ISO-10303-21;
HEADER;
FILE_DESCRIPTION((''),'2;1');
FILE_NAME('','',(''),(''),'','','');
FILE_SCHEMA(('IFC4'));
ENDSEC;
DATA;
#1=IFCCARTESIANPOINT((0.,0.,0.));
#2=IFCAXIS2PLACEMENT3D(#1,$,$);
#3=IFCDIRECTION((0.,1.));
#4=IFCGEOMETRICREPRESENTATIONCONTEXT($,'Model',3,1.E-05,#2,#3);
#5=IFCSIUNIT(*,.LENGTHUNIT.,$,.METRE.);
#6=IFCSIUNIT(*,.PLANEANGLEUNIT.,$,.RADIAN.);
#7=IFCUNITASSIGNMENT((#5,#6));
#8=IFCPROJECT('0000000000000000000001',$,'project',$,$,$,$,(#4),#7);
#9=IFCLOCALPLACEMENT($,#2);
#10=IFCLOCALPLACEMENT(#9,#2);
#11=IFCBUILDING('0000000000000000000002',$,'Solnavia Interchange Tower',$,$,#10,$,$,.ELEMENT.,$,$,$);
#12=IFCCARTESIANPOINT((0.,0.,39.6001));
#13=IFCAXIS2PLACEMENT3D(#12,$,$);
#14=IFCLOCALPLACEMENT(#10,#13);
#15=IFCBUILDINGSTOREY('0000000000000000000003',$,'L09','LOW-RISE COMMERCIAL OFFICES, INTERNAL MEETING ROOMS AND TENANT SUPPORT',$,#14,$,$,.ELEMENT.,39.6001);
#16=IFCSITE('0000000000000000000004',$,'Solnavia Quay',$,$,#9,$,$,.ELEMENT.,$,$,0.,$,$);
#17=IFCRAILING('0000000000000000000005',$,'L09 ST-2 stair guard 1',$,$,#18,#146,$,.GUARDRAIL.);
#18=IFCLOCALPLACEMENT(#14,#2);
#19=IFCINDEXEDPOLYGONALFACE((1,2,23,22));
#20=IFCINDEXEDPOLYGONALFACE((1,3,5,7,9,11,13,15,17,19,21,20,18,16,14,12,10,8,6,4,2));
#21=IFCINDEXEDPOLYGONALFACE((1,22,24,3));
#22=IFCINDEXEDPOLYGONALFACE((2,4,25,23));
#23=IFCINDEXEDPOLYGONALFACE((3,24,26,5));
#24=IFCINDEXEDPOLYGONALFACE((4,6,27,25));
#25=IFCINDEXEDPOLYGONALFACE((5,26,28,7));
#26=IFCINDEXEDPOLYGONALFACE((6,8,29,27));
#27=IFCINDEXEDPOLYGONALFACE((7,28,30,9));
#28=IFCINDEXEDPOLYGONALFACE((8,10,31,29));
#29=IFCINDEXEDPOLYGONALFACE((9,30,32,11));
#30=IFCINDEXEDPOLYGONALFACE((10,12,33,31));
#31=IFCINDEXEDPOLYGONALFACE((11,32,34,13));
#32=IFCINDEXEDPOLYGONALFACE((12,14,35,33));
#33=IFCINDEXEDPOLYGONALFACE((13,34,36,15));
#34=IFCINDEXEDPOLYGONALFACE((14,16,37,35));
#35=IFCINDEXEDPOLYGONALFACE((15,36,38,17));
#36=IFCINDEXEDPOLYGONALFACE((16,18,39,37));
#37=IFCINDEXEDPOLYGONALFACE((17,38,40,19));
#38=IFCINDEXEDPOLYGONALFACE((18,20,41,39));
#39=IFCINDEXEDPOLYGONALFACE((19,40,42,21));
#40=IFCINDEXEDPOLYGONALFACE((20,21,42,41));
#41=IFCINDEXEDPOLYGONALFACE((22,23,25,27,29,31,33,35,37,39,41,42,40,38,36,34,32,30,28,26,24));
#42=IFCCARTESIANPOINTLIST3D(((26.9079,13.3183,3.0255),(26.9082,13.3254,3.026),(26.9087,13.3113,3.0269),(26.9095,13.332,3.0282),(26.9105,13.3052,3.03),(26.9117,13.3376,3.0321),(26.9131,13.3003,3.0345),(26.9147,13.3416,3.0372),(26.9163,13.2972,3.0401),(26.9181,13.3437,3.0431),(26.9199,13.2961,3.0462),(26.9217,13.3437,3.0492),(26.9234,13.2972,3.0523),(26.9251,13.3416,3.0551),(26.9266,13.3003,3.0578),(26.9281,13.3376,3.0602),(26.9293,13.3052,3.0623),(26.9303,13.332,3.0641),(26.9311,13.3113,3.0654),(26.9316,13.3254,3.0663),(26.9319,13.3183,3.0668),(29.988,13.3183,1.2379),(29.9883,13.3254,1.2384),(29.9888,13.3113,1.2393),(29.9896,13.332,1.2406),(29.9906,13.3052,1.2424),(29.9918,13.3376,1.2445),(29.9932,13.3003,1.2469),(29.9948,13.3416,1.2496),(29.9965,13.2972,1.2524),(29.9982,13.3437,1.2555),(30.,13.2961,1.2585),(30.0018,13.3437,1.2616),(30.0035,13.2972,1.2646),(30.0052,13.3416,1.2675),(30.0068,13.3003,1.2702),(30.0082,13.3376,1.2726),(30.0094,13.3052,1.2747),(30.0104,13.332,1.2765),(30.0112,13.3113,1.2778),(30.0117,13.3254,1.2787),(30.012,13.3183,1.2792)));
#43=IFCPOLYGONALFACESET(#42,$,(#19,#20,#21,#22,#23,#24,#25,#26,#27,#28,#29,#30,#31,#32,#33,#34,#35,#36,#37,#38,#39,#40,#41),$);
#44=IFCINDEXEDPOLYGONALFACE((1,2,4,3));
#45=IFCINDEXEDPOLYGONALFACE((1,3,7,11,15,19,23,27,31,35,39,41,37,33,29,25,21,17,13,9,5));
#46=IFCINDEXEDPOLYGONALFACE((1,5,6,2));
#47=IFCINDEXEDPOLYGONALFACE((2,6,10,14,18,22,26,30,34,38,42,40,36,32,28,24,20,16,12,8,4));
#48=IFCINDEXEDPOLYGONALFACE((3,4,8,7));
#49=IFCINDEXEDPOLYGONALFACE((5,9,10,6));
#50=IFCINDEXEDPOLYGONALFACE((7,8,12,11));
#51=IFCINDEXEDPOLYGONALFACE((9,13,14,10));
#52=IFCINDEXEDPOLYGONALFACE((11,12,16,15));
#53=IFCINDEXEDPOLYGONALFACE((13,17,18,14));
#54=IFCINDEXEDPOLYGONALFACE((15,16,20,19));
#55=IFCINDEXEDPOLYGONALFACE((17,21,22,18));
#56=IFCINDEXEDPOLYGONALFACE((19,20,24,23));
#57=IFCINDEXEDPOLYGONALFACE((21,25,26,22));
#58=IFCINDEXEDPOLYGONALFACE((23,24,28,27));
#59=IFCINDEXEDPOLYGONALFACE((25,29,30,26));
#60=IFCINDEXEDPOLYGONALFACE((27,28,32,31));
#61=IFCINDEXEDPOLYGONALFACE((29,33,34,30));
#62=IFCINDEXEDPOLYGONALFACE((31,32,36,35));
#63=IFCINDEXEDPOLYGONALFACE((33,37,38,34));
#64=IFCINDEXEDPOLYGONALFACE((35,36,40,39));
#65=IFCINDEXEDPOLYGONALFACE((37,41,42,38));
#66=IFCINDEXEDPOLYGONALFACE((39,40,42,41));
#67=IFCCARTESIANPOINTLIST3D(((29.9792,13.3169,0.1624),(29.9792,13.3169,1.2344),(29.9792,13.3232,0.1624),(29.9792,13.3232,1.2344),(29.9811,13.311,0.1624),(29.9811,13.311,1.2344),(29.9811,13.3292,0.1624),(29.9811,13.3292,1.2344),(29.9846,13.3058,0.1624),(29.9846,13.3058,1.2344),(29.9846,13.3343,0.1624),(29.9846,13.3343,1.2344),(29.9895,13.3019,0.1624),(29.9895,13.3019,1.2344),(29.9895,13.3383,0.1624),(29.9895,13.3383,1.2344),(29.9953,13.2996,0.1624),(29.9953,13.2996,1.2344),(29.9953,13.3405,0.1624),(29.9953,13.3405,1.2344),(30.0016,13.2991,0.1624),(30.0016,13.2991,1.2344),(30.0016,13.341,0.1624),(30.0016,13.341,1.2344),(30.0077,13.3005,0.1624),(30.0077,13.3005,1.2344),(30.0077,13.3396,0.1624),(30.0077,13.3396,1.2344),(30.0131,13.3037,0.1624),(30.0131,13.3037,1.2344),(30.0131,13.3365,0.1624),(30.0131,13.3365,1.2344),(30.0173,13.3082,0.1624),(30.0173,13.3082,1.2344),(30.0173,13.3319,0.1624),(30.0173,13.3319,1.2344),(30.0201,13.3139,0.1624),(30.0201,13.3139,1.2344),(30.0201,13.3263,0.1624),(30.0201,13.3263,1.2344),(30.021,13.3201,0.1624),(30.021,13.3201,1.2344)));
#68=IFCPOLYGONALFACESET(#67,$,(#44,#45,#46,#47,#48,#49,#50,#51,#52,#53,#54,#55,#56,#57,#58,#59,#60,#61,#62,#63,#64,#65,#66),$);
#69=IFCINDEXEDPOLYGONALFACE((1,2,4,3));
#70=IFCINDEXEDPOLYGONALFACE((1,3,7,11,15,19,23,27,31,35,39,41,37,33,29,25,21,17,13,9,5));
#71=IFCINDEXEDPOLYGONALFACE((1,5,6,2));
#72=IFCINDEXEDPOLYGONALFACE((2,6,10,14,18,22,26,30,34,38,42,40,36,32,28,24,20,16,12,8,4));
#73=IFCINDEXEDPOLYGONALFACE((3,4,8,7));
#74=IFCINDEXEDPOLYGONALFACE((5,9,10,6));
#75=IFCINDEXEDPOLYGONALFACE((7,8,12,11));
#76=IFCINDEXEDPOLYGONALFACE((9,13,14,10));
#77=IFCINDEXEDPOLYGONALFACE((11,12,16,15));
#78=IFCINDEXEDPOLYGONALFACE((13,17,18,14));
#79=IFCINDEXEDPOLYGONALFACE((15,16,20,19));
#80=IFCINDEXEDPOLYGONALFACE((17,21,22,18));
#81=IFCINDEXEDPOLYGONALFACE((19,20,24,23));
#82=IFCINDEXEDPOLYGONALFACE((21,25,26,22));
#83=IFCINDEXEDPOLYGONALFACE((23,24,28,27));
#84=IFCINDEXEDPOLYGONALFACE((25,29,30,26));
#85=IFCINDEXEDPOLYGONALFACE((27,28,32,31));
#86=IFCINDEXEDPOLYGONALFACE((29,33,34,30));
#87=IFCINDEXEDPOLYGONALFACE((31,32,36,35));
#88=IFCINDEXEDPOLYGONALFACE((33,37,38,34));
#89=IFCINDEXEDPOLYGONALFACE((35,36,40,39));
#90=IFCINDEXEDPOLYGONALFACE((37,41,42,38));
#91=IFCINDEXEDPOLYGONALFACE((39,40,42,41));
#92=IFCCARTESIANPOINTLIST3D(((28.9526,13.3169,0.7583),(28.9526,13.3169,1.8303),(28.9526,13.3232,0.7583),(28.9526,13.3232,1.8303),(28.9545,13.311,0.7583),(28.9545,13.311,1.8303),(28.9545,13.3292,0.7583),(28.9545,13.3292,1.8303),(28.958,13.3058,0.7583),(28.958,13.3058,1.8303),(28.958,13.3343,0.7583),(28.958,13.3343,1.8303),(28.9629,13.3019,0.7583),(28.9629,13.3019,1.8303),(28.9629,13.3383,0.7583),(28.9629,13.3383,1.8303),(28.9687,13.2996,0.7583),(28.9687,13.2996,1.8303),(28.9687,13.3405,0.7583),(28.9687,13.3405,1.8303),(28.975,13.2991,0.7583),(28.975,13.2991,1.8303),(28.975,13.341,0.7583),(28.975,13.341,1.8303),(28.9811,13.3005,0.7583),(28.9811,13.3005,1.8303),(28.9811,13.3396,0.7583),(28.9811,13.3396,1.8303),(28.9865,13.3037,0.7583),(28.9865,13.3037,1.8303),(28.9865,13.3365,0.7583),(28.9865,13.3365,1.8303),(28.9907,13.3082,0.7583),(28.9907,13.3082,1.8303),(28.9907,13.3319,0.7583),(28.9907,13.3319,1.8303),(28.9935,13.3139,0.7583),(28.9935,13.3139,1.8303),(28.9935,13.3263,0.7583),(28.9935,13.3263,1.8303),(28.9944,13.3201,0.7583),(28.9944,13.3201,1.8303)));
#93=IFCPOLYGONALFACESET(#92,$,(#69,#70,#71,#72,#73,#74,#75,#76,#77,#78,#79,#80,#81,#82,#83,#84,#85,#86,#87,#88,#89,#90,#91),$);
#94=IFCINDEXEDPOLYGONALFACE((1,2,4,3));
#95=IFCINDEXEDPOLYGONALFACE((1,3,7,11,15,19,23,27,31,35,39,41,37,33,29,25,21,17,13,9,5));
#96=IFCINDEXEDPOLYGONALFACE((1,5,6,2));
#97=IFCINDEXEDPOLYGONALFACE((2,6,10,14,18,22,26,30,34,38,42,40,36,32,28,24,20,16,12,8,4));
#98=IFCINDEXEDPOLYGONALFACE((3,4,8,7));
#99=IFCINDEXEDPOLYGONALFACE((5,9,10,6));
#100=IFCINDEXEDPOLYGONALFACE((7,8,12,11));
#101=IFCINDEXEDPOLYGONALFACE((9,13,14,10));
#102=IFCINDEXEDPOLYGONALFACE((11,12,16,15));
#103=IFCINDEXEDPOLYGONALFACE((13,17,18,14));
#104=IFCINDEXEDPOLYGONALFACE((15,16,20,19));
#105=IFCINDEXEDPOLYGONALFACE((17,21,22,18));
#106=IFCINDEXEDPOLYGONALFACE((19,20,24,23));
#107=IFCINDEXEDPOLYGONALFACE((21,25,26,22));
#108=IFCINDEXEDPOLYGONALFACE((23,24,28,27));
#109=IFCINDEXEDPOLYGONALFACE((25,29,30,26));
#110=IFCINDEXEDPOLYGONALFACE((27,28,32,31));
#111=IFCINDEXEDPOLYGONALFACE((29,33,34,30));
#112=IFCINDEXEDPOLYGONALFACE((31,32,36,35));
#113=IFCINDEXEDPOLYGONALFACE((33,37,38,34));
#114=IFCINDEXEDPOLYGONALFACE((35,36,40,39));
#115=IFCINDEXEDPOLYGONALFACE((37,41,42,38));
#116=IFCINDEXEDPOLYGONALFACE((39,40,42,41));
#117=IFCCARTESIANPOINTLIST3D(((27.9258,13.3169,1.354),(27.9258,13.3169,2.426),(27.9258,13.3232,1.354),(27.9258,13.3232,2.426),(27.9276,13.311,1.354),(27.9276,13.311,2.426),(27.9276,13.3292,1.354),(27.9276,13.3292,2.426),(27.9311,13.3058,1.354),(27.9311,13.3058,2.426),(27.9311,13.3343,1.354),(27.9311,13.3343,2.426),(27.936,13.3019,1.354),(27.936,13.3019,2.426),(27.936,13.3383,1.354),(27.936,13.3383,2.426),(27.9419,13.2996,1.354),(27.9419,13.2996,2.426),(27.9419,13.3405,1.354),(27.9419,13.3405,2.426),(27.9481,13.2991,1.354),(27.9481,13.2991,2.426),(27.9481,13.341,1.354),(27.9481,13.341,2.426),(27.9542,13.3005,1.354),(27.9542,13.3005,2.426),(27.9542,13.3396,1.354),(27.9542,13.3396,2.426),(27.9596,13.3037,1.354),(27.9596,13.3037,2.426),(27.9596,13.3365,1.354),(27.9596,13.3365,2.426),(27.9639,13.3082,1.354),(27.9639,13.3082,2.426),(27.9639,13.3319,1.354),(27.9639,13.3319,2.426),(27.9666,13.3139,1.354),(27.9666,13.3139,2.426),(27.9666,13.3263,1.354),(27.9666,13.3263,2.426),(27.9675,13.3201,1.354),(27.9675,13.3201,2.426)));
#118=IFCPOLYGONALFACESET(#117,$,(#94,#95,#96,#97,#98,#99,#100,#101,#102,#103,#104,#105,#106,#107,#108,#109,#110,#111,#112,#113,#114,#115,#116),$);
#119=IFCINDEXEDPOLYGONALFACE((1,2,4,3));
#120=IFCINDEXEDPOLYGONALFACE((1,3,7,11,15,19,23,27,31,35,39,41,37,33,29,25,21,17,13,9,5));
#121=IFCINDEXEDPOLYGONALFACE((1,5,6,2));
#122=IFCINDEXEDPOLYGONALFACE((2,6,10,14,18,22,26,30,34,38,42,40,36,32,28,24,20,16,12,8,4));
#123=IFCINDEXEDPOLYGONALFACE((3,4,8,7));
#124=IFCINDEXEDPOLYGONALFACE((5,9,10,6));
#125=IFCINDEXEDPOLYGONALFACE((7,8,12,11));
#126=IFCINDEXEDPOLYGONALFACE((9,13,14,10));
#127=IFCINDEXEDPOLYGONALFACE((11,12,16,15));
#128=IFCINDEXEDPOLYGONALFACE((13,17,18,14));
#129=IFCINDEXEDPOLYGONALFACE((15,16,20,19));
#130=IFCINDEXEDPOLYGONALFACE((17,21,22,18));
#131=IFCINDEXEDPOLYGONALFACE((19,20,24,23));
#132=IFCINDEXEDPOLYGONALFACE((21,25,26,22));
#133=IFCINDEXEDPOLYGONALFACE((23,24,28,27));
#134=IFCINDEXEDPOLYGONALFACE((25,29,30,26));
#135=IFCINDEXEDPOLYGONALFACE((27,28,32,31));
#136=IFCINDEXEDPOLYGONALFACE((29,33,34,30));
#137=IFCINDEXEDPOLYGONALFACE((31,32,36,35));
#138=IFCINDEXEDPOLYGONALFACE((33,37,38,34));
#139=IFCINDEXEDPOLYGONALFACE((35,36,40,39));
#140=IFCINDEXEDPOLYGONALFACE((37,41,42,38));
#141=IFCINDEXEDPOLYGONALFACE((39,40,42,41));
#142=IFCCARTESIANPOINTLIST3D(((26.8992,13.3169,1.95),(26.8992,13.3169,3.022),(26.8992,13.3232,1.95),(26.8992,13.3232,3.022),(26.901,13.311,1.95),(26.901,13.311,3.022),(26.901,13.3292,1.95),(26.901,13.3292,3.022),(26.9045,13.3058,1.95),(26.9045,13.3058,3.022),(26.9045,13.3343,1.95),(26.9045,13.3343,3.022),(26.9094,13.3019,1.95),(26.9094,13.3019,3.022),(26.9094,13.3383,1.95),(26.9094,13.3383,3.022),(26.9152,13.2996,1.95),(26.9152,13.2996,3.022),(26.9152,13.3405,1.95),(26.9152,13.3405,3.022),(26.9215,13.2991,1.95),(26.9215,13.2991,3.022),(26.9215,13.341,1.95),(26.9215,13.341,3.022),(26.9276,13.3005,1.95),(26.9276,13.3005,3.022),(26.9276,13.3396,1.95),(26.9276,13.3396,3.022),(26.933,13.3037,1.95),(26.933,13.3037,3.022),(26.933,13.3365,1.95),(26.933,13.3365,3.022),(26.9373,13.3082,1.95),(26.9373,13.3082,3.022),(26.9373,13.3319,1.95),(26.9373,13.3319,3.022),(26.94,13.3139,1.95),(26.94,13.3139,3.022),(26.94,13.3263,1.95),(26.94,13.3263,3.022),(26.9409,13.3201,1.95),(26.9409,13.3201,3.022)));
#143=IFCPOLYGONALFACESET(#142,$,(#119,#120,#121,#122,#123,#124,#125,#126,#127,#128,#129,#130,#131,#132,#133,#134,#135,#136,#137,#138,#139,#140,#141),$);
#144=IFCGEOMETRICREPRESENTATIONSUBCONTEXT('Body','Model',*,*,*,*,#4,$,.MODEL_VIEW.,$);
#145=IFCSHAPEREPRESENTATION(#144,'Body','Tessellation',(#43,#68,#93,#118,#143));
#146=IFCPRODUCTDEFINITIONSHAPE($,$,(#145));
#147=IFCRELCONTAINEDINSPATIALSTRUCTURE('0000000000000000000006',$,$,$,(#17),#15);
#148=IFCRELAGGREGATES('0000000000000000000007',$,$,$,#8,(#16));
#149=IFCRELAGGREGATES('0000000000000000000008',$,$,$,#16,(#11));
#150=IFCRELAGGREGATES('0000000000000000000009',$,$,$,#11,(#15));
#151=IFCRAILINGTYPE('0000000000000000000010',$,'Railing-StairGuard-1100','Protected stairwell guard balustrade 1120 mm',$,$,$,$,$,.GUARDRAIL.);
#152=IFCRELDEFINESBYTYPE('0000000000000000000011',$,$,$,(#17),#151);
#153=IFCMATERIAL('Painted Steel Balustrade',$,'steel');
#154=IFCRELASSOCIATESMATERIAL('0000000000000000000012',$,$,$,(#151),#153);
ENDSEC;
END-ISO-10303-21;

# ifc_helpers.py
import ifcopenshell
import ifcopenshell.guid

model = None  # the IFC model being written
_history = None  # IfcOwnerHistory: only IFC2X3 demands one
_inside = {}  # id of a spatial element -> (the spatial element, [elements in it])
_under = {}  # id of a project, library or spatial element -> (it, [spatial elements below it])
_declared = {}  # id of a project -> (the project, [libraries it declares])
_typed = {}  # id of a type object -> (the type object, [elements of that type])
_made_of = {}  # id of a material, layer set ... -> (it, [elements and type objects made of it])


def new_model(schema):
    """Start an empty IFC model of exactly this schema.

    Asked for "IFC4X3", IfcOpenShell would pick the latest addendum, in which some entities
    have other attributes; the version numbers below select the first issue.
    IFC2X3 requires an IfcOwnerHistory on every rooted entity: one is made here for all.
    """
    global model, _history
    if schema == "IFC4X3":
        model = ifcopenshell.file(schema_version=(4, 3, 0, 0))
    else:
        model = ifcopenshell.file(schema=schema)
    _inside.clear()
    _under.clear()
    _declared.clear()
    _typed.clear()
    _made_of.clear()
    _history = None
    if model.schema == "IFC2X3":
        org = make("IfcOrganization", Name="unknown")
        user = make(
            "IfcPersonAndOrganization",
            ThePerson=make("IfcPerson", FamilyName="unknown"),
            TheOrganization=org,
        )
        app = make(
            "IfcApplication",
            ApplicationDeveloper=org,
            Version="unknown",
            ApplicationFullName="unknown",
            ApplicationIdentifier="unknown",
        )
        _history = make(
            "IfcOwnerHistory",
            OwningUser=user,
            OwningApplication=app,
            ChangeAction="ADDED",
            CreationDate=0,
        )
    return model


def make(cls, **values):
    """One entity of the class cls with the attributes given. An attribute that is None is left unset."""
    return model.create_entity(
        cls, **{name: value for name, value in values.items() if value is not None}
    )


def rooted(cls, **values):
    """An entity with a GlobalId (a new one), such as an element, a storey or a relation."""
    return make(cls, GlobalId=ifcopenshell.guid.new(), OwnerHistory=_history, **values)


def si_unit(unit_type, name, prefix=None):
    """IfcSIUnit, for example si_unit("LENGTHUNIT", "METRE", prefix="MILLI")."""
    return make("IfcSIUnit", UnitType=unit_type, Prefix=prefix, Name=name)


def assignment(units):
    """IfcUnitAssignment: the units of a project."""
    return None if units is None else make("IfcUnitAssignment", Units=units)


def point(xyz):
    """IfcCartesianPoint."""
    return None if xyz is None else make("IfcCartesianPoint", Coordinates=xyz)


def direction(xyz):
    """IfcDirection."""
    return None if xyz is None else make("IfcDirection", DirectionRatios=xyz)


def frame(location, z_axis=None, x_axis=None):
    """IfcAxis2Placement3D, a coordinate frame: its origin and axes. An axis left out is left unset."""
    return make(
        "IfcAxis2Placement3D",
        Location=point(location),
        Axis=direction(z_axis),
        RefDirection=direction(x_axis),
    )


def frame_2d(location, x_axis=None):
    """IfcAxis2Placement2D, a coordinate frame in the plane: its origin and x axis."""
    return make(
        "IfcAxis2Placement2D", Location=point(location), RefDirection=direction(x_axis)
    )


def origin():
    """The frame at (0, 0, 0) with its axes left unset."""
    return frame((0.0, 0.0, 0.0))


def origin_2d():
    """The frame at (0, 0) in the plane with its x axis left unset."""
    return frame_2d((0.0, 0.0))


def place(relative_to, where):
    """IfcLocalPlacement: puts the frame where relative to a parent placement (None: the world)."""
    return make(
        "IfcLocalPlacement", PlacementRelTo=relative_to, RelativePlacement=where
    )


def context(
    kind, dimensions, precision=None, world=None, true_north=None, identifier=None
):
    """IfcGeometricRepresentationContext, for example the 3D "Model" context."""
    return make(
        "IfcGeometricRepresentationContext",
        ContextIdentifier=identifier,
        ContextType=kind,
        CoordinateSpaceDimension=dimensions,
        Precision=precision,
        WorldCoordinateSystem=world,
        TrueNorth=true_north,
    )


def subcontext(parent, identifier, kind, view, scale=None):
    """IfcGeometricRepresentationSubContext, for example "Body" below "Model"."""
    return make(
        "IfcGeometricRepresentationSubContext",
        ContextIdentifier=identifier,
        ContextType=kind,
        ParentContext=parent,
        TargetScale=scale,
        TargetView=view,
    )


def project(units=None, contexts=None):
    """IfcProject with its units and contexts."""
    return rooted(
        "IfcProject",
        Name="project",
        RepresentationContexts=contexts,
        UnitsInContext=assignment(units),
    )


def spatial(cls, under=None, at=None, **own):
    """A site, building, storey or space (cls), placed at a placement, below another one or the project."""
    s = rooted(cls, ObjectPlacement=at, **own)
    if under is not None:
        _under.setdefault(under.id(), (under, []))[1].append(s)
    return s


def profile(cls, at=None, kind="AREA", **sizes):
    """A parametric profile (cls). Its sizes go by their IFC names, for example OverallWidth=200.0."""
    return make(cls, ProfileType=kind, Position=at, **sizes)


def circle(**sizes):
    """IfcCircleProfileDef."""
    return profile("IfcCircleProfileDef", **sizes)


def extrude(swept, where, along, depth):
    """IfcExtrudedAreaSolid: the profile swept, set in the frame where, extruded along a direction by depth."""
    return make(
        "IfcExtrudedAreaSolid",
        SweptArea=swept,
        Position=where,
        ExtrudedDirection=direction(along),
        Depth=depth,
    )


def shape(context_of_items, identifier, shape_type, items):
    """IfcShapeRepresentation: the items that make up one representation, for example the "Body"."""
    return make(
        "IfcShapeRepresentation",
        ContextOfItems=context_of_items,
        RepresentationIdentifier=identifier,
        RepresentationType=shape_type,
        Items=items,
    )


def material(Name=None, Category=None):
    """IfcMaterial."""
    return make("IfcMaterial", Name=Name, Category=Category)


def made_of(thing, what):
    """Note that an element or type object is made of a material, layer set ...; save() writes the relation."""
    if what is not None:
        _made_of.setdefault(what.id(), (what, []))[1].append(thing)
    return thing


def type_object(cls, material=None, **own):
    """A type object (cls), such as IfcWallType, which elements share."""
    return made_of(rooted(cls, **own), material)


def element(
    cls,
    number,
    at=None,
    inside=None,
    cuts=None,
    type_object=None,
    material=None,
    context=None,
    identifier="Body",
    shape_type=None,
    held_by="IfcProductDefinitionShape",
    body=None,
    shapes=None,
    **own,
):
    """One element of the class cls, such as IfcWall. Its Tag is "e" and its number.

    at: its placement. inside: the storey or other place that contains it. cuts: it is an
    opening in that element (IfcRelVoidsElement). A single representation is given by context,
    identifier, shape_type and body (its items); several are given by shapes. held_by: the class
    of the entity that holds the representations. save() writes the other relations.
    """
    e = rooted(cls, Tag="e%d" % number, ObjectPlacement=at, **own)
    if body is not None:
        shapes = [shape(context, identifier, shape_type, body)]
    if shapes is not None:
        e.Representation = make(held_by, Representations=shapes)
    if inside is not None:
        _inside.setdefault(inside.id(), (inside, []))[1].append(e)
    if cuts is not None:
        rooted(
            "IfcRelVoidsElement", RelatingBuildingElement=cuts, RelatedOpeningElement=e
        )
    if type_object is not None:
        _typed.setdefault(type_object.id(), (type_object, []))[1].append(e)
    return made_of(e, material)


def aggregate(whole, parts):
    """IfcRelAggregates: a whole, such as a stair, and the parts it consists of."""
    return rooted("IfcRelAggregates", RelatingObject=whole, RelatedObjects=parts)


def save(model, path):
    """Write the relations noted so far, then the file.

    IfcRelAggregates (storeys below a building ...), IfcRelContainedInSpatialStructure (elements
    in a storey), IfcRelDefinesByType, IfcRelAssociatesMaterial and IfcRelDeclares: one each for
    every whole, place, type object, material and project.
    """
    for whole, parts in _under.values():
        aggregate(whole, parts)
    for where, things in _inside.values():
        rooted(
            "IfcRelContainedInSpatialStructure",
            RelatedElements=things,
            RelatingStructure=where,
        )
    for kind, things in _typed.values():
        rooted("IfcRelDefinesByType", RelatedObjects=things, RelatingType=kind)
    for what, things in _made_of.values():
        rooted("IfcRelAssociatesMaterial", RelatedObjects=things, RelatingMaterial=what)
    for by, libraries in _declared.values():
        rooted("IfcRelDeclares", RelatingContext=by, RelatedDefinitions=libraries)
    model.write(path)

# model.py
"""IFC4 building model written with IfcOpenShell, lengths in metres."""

from ifc_helpers import new_model, si_unit, direction, frame, origin, origin_2d, place, context, subcontext, project, spatial, circle, extrude, material, type_object, element, save


model = new_model("IFC4")

# Units and contexts
model_context = context("Model", 3, precision=1e-05, world=origin(), true_north=direction((0.0, 1.0)))
body_context = subcontext(model_context, "Body", "Model", "MODEL_VIEW")
ifc_project = project(units=[si_unit("LENGTHUNIT", "METRE"), si_unit("PLANEANGLEUNIT", "RADIAN")], contexts=[model_context])

# Site, building, storey
site_placement = place(None, origin())
site = spatial("IfcSite", under=ifc_project, at=site_placement, Name="Solnavia Quay", CompositionType="ELEMENT", RefElevation=0.0)
building_placement = place(site_placement, origin())
building = spatial("IfcBuilding", under=site, at=building_placement, Name="Solnavia Interchange Tower", CompositionType="ELEMENT")
storey_placement = place(building_placement, frame((0.0, 0.0, 39.6001)))
storey = spatial("IfcBuildingStorey", under=building, at=storey_placement, Name="L09", Description="LOW-RISE COMMERCIAL OFFICES, INTERNAL MEETING ROOMS AND TENANT SUPPORT", CompositionType="ELEMENT", Elevation=39.6001)

# Railing
ifc_material_1 = material(Name="Painted Steel Balustrade", Category="steel")
railing_type_1 = type_object("IfcRailingType", Name="Railing-StairGuard-1100", Description="Protected stairwell guard balustrade 1120 mm", PredefinedType="GUARDRAIL", material=ifc_material_1)
railing_1_placement = place(storey_placement, frame((30.0, 13.3201, 0.1624)))
element("IfcRailing", 1, at=railing_1_placement, inside=storey, type_object=railing_type_1, Name="L09 ST-2 stair guard 1", PredefinedType="GUARDRAIL", context=body_context, shape_type="SweptSolid", body=[
    extrude(circle(Radius=0.0239, at=origin_2d()), frame((0.0, 0.0, 1.0962), z_axis=(-0.864891, 0.0, 0.50196), x_axis=(0.0, -1.0, 0.0)), (0.0, 0.0, 1.0), 3.5613),
    extrude(circle(Radius=0.021, at=origin_2d()), origin(), (0.0, 0.0, 1.0), 1.072),
    extrude(circle(Radius=0.021, at=origin_2d()), frame((-1.0266, 0.0, 0.5959)), (0.0, 0.0, 1.0), 1.072),
    extrude(circle(Radius=0.021, at=origin_2d()), frame((-2.0535, 0.0, 1.1917)), (0.0, 0.0, 1.0), 1.072),
    extrude(circle(Radius=0.021, at=origin_2d()), frame((-3.0801, 0.0, 1.7876)), (0.0, 0.0, 1.0), 1.072),
])

save(model, "model.ifc")
